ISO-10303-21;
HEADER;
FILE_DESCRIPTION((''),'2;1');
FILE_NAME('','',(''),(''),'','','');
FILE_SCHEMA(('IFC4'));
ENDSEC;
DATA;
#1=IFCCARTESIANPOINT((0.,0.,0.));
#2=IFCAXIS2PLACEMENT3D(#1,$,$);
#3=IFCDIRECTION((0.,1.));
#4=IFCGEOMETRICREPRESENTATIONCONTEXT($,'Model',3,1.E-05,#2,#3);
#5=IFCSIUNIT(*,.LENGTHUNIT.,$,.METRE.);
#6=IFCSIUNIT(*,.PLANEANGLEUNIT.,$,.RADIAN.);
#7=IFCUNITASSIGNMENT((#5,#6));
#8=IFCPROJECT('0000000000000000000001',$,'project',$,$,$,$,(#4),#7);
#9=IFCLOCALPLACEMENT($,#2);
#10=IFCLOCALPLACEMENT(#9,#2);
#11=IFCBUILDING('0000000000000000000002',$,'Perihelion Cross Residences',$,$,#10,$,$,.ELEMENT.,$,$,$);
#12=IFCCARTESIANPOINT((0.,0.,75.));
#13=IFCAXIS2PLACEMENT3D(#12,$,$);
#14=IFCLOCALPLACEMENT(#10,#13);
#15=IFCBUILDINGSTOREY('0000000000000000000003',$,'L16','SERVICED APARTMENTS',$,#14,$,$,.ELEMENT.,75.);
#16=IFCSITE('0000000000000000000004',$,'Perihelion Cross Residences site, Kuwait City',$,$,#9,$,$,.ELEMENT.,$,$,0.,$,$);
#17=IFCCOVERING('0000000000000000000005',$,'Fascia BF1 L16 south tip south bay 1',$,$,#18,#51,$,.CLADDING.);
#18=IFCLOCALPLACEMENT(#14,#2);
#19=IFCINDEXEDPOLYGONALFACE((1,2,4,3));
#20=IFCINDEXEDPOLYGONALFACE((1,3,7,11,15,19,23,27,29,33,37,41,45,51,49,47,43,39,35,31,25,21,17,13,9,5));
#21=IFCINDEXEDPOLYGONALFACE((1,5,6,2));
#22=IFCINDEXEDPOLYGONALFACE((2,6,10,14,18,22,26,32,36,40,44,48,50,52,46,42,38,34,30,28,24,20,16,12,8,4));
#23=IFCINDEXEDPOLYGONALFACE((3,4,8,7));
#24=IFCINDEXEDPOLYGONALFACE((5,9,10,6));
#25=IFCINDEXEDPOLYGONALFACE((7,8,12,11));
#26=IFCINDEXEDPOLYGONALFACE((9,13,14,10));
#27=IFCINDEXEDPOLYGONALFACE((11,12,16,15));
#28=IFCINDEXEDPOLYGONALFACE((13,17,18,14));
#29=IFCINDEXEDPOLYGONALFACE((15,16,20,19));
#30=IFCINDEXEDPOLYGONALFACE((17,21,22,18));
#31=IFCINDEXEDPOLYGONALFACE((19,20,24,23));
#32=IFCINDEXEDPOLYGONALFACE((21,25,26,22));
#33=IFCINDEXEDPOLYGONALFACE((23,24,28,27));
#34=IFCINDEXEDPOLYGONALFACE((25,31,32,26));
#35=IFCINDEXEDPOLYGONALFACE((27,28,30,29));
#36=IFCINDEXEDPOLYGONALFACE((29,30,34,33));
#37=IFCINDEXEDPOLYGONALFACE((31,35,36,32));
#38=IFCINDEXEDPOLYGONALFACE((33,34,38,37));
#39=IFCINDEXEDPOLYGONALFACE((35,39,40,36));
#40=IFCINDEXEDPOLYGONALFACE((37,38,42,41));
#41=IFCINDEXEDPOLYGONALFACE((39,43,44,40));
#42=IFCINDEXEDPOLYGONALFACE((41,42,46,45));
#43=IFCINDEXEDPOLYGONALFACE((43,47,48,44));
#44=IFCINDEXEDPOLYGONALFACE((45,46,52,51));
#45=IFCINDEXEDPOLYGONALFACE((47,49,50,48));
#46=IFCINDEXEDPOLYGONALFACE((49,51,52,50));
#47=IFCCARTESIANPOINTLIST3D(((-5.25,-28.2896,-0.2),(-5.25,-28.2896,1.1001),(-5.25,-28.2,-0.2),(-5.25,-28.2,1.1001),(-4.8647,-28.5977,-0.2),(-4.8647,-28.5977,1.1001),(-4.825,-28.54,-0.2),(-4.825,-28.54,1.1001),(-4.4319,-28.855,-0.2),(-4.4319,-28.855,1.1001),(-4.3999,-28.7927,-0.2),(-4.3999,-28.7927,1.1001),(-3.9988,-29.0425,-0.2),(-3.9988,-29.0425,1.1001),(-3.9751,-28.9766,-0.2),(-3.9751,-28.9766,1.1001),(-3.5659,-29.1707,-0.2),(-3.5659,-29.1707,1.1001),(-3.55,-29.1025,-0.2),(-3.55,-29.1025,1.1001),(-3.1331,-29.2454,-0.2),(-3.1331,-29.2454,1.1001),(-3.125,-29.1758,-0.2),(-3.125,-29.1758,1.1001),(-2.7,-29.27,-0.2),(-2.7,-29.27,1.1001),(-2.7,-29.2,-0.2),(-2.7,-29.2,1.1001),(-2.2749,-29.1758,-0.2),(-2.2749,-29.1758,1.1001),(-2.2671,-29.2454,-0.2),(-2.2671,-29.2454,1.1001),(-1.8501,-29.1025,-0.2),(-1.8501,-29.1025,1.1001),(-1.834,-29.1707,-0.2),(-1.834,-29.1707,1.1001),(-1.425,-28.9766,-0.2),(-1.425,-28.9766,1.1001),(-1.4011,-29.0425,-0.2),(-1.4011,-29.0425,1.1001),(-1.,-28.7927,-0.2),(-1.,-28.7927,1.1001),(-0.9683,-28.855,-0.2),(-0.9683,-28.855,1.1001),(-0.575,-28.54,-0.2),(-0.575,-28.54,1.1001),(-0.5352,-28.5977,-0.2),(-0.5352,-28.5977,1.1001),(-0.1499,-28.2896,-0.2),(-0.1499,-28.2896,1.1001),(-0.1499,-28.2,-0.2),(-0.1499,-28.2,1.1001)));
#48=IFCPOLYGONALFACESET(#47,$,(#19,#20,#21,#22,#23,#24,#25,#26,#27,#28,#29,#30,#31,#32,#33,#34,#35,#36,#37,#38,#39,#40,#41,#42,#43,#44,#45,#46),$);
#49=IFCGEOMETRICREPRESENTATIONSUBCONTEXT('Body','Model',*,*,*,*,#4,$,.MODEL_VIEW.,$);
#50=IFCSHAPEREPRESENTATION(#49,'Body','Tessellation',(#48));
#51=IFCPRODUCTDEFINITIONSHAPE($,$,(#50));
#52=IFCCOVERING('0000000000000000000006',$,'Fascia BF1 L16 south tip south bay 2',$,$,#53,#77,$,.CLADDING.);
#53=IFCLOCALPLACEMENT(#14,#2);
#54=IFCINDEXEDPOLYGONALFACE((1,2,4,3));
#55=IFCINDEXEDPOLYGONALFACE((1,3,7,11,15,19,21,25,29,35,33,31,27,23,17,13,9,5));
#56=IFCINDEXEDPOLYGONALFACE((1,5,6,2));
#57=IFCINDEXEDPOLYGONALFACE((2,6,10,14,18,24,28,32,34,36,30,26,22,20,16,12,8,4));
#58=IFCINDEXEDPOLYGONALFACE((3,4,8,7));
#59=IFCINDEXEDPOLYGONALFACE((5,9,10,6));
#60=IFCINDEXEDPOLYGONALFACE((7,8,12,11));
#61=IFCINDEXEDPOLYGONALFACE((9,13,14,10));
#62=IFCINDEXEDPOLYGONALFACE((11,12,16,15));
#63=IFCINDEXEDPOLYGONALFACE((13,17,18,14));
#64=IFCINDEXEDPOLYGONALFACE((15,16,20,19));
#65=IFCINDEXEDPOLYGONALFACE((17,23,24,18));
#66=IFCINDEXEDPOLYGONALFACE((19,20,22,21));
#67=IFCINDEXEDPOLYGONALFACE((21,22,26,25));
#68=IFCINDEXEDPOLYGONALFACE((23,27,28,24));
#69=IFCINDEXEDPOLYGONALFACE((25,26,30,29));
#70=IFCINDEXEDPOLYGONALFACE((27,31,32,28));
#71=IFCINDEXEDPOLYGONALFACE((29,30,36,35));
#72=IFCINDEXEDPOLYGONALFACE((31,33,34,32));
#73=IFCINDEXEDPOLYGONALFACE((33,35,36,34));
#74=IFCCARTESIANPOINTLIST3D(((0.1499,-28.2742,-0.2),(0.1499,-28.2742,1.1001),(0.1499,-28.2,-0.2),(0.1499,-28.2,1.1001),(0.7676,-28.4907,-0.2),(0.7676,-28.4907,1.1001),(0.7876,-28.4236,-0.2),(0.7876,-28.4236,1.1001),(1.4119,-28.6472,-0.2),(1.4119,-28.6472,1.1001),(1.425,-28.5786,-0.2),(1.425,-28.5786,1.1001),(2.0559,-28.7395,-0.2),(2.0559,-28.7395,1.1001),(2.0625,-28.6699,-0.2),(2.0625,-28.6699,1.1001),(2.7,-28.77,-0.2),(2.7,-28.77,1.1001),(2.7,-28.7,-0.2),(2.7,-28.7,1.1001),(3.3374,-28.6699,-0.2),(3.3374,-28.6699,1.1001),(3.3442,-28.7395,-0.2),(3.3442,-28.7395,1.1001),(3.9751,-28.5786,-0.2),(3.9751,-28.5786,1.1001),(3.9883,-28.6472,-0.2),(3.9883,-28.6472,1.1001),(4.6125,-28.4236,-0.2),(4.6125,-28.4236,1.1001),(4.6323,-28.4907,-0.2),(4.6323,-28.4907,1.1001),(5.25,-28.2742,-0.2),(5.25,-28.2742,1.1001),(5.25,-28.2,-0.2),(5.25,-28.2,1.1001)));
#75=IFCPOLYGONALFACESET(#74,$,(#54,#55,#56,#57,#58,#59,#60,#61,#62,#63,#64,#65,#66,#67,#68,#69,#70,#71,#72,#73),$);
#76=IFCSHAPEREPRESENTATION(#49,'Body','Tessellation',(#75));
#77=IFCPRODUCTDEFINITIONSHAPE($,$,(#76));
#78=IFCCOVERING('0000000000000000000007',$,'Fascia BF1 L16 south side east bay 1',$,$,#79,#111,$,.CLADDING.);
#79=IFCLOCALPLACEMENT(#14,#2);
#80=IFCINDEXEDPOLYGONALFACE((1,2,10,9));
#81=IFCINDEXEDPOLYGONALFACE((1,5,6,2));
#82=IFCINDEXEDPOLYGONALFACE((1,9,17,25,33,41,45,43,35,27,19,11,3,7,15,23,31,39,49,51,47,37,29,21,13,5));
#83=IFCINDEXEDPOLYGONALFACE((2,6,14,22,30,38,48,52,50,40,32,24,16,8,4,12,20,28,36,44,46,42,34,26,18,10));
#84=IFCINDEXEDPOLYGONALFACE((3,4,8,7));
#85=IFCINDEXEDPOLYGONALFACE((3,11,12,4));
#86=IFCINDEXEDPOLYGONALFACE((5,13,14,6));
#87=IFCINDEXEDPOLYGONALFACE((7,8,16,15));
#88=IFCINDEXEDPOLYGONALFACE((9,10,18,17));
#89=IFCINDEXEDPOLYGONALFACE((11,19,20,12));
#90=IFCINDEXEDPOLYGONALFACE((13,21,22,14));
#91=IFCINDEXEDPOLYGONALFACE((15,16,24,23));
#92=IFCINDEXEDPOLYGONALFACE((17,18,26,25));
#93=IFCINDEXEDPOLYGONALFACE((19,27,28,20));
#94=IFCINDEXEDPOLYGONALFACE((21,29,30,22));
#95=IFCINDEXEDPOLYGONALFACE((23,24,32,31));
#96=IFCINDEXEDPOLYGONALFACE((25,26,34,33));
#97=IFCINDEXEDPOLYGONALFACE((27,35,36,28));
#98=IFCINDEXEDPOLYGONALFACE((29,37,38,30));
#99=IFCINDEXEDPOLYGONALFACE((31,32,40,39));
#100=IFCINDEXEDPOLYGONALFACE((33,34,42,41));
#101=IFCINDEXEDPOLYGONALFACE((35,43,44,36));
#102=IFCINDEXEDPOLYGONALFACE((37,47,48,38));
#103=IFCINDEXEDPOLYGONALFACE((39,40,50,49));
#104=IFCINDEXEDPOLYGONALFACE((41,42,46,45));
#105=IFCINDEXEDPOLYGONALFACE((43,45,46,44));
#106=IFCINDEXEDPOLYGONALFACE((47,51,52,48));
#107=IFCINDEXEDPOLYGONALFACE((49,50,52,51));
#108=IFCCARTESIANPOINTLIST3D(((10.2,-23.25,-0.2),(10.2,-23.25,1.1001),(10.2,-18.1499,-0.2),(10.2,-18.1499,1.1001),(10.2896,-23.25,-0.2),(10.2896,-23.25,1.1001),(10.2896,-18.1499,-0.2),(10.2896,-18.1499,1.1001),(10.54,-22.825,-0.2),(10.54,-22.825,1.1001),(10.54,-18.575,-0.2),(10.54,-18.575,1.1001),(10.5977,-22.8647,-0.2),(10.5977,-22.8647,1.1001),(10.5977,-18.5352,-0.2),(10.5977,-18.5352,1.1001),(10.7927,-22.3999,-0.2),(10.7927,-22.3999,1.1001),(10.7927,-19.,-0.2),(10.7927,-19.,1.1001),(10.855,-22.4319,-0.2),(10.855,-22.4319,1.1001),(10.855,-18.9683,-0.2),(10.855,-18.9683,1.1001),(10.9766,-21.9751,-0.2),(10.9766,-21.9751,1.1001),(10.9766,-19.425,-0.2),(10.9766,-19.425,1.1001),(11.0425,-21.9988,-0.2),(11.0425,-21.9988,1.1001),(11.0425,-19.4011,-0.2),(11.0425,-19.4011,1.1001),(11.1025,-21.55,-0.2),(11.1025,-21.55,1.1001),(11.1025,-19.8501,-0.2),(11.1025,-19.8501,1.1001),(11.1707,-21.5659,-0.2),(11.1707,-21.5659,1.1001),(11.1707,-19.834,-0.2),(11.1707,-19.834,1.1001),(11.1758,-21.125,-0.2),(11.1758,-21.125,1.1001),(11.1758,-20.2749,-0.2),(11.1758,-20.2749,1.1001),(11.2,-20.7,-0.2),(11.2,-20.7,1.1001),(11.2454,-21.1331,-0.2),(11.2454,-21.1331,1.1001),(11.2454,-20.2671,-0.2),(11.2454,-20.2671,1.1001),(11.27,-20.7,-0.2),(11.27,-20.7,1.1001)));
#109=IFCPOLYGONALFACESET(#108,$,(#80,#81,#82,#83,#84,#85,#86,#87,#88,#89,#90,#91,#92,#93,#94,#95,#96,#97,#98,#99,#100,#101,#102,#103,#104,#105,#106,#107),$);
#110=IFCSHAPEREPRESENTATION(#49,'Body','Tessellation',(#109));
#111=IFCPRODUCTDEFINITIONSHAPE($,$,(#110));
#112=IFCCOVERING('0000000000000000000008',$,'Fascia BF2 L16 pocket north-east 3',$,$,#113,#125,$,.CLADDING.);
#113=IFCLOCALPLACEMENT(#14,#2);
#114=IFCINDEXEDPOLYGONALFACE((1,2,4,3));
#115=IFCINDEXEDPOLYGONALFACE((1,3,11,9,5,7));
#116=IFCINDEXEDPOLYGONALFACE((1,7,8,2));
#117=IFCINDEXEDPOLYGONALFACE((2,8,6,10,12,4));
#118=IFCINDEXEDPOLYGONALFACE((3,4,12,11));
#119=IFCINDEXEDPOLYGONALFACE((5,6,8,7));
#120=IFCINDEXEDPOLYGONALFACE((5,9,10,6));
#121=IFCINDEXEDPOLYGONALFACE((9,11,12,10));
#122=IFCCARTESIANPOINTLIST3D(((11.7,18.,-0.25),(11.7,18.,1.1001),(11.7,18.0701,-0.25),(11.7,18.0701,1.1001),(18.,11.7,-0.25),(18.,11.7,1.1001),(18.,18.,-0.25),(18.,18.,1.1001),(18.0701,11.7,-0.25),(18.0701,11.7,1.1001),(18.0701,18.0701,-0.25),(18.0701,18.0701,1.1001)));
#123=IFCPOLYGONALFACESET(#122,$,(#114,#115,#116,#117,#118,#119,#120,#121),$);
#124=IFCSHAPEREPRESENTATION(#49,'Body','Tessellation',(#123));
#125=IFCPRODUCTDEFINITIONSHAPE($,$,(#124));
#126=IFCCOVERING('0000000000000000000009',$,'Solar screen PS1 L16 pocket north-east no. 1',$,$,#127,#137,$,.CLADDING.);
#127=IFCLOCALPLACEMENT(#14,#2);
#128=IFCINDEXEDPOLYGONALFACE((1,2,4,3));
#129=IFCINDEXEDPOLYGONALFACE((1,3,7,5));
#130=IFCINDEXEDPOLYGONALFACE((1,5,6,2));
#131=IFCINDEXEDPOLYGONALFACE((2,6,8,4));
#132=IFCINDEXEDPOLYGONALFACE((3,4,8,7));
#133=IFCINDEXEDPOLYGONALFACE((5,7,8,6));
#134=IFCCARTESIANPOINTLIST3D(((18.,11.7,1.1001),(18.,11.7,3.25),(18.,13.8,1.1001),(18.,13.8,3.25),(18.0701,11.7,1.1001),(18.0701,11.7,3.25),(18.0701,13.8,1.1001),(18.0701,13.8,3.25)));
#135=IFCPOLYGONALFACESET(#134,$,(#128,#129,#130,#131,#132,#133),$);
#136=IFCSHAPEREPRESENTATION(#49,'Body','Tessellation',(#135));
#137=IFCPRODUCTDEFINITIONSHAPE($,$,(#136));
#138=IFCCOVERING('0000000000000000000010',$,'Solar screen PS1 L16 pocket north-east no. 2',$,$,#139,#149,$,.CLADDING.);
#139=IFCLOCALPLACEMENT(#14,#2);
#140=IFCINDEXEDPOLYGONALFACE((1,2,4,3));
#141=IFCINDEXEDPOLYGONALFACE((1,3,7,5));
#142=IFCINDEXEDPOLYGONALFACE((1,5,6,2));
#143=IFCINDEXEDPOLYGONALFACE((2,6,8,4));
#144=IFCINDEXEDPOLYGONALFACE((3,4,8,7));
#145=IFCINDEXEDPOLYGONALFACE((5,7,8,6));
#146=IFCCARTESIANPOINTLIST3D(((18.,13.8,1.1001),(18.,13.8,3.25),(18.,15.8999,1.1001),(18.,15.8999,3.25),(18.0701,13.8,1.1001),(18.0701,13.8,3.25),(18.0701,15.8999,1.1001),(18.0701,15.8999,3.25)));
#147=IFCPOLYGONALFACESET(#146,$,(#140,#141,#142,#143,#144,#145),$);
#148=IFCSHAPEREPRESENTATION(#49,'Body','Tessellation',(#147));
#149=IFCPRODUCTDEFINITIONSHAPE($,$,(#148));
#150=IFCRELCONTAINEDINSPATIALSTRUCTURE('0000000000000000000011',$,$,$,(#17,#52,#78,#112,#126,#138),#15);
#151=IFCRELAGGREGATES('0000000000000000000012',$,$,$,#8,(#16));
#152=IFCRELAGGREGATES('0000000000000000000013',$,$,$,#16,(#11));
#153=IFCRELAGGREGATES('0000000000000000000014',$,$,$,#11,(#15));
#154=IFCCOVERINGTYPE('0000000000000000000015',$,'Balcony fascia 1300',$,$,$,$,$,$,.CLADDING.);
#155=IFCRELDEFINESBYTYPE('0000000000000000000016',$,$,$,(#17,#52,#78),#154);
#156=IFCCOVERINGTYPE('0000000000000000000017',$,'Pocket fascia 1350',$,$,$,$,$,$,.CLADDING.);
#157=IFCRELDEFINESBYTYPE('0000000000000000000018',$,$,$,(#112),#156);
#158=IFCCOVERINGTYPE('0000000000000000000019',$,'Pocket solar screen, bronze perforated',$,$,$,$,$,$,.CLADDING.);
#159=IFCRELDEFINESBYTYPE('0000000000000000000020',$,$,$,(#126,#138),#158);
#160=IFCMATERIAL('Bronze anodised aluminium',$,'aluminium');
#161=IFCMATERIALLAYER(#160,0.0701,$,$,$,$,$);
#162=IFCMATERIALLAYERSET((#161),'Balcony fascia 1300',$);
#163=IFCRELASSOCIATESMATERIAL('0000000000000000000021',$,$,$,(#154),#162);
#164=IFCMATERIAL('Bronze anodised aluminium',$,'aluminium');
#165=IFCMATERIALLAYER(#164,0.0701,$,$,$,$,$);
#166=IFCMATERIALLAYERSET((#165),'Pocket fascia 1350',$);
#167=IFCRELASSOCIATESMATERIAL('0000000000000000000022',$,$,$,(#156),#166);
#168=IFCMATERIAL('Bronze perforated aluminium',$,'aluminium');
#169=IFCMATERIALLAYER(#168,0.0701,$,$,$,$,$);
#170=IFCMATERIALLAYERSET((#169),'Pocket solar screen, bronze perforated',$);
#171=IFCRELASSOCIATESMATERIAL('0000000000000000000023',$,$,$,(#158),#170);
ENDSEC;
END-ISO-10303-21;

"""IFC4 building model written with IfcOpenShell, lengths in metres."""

from ifc_helpers import new_model, si_unit, direction, frame, origin, place, context, subcontext, project, spatial, polyline, outline, extrude, material, layer, layer_set, type_object, element, save


model = new_model("IFC4")

# Units and contexts
model_context = context("Model", 3, precision=1e-05, world=origin(), true_north=direction((0.0, 1.0)))
body_context = subcontext(model_context, "Body", "Model", "MODEL_VIEW")
ifc_project = project(units=[si_unit("LENGTHUNIT", "METRE"), si_unit("PLANEANGLEUNIT", "RADIAN")], contexts=[model_context])

# Site, building, storey
site_placement = place(None, origin())
site = spatial("IfcSite", under=ifc_project, at=site_placement, Name="Perihelion Cross Residences site, Kuwait City", CompositionType="ELEMENT", RefElevation=0.0)
building_placement = place(site_placement, origin())
building = spatial("IfcBuilding", under=site, at=building_placement, Name="Perihelion Cross Residences", CompositionType="ELEMENT")
storey_placement = place(building_placement, frame((0.0, 0.0, 75.0)))
storey = spatial("IfcBuildingStorey", under=building, at=storey_placement, Name="L16", Description="SERVICED APARTMENTS", CompositionType="ELEMENT", Elevation=75.0)

# Coverings
ifc_material_1 = material(Name="Bronze anodised aluminium", Category="aluminium")
ifc_layer_1 = layer(ifc_material_1, 0.0701)
ifc_layer_set_1 = layer_set([ifc_layer_1], Name="Balcony fascia 1300")
covering_type_1 = type_object("IfcCoveringType", Name="Balcony fascia 1300", PredefinedType="CLADDING", material=ifc_layer_set_1)
covering_1_placement = place(storey_placement, frame((0.0, 0.0, -0.2)))
element("IfcCovering", 1, at=covering_1_placement, inside=storey, type_object=covering_type_1, Name="Fascia BF1 L16 south tip south bay 1", PredefinedType="CLADDING", context=body_context, shape_type="SweptSolid", body=[
    extrude(outline(polyline([(-4.8647, -28.5977), (-4.4319, -28.855), (-3.9988, -29.0425), (-3.5659, -29.1707), (-3.1331, -29.2454), (-2.7, -29.27), (-2.2671, -29.2454), (-1.834, -29.1707), (-1.4011, -29.0425), (-0.9683, -28.855), (-0.5352, -28.5977), (-0.1499, -28.2896), (-0.1499, -28.2), (-0.575, -28.54), (-1.0, -28.7927), (-1.425, -28.9766), (-1.8501, -29.1025), (-2.2749, -29.1758), (-2.7, -29.2), (-3.125, -29.1758), (-3.55, -29.1025), (-3.9751, -28.9766), (-4.3999, -28.7927), (-4.825, -28.54), (-5.25, -28.2), (-5.25, -28.2896), (-4.8647, -28.5977)])), origin(), (0.0, 0.0, 1.0), 1.3),
])
covering_2_placement = place(storey_placement, frame((0.0, 0.0, -0.2)))
element("IfcCovering", 2, at=covering_2_placement, inside=storey, type_object=covering_type_1, Name="Fascia BF1 L16 south tip south bay 2", PredefinedType="CLADDING", context=body_context, shape_type="SweptSolid", body=[
    extrude(outline(polyline([(0.7676, -28.4907), (1.4119, -28.6472), (2.0559, -28.7395), (2.7, -28.77), (3.3442, -28.7395), (3.9883, -28.6472), (4.6323, -28.4907), (5.25, -28.2742), (5.25, -28.2), (4.6125, -28.4236), (3.9751, -28.5786), (3.3374, -28.6699), (2.7, -28.7), (2.0625, -28.6699), (1.425, -28.5786), (0.7876, -28.4236), (0.1499, -28.2), (0.1499, -28.2742), (0.7676, -28.4907)])), origin(), (0.0, 0.0, 1.0), 1.3),
])
covering_3_placement = place(storey_placement, frame((0.0, 0.0, -0.2)))
element("IfcCovering", 3, at=covering_3_placement, inside=storey, type_object=covering_type_1, Name="Fascia BF1 L16 south side east bay 1", PredefinedType="CLADDING", context=body_context, shape_type="SweptSolid", body=[
    extrude(outline(polyline([(10.5977, -22.8647), (10.855, -22.4319), (11.0425, -21.9988), (11.1707, -21.5659), (11.2454, -21.1331), (11.27, -20.7), (11.2454, -20.2671), (11.1707, -19.834), (11.0425, -19.4011), (10.855, -18.9683), (10.5977, -18.5352), (10.2896, -18.1499), (10.2, -18.1499), (10.54, -18.575), (10.7927, -19.0), (10.9766, -19.425), (11.1025, -19.8501), (11.1758, -20.2749), (11.2, -20.7), (11.1758, -21.125), (11.1025, -21.55), (10.9766, -21.9751), (10.7927, -22.3999), (10.54, -22.825), (10.2, -23.25), (10.2896, -23.25), (10.5977, -22.8647)])), origin(), (0.0, 0.0, 1.0), 1.3),
])
ifc_material_2 = material(Name="Bronze anodised aluminium", Category="aluminium")
ifc_layer_2 = layer(ifc_material_2, 0.0701)
ifc_layer_set_2 = layer_set([ifc_layer_2], Name="Pocket fascia 1350")
covering_type_2 = type_object("IfcCoveringType", Name="Pocket fascia 1350", PredefinedType="CLADDING", material=ifc_layer_set_2)
covering_4_placement = place(storey_placement, frame((0.0, 0.0, -0.25)))
element("IfcCovering", 4, at=covering_4_placement, inside=storey, type_object=covering_type_2, Name="Fascia BF2 L16 pocket north-east 3", PredefinedType="CLADDING", context=body_context, shape_type="SweptSolid", body=[
    extrude(outline(polyline([(18.0701, 18.0701), (11.7, 18.0701), (11.7, 18.0), (18.0, 18.0), (18.0, 11.7), (18.0701, 11.7), (18.0701, 18.0701)])), origin(), (0.0, 0.0, 1.0), 1.3501),
])
ifc_material_3 = material(Name="Bronze perforated aluminium", Category="aluminium")
ifc_layer_3 = layer(ifc_material_3, 0.0701)
ifc_layer_set_3 = layer_set([ifc_layer_3], Name="Pocket solar screen, bronze perforated")
covering_type_3 = type_object("IfcCoveringType", Name="Pocket solar screen, bronze perforated", PredefinedType="CLADDING", material=ifc_layer_set_3)
covering_5_placement = place(storey_placement, frame((0.0, 0.0, 1.1001)))
element("IfcCovering", 5, at=covering_5_placement, inside=storey, type_object=covering_type_3, Name="Solar screen PS1 L16 pocket north-east no. 1", PredefinedType="CLADDING", context=body_context, shape_type="SweptSolid", body=[
    extrude(outline(polyline([(18.0701, 11.7), (18.0701, 13.8), (18.0, 13.8), (18.0, 11.7), (18.0701, 11.7)])), origin(), (0.0, 0.0, 1.0), 2.1499),
])
covering_6_placement = place(storey_placement, frame((0.0, 0.0, 1.1001)))
element("IfcCovering", 6, at=covering_6_placement, inside=storey, type_object=covering_type_3, Name="Solar screen PS1 L16 pocket north-east no. 2", PredefinedType="CLADDING", context=body_context, shape_type="SweptSolid", body=[
    extrude(outline(polyline([(18.0701, 13.8), (18.0701, 15.8999), (18.0, 15.8999), (18.0, 13.8), (18.0701, 13.8)])), origin(), (0.0, 0.0, 1.0), 2.1499),
])

save(model, "model.ifc")
